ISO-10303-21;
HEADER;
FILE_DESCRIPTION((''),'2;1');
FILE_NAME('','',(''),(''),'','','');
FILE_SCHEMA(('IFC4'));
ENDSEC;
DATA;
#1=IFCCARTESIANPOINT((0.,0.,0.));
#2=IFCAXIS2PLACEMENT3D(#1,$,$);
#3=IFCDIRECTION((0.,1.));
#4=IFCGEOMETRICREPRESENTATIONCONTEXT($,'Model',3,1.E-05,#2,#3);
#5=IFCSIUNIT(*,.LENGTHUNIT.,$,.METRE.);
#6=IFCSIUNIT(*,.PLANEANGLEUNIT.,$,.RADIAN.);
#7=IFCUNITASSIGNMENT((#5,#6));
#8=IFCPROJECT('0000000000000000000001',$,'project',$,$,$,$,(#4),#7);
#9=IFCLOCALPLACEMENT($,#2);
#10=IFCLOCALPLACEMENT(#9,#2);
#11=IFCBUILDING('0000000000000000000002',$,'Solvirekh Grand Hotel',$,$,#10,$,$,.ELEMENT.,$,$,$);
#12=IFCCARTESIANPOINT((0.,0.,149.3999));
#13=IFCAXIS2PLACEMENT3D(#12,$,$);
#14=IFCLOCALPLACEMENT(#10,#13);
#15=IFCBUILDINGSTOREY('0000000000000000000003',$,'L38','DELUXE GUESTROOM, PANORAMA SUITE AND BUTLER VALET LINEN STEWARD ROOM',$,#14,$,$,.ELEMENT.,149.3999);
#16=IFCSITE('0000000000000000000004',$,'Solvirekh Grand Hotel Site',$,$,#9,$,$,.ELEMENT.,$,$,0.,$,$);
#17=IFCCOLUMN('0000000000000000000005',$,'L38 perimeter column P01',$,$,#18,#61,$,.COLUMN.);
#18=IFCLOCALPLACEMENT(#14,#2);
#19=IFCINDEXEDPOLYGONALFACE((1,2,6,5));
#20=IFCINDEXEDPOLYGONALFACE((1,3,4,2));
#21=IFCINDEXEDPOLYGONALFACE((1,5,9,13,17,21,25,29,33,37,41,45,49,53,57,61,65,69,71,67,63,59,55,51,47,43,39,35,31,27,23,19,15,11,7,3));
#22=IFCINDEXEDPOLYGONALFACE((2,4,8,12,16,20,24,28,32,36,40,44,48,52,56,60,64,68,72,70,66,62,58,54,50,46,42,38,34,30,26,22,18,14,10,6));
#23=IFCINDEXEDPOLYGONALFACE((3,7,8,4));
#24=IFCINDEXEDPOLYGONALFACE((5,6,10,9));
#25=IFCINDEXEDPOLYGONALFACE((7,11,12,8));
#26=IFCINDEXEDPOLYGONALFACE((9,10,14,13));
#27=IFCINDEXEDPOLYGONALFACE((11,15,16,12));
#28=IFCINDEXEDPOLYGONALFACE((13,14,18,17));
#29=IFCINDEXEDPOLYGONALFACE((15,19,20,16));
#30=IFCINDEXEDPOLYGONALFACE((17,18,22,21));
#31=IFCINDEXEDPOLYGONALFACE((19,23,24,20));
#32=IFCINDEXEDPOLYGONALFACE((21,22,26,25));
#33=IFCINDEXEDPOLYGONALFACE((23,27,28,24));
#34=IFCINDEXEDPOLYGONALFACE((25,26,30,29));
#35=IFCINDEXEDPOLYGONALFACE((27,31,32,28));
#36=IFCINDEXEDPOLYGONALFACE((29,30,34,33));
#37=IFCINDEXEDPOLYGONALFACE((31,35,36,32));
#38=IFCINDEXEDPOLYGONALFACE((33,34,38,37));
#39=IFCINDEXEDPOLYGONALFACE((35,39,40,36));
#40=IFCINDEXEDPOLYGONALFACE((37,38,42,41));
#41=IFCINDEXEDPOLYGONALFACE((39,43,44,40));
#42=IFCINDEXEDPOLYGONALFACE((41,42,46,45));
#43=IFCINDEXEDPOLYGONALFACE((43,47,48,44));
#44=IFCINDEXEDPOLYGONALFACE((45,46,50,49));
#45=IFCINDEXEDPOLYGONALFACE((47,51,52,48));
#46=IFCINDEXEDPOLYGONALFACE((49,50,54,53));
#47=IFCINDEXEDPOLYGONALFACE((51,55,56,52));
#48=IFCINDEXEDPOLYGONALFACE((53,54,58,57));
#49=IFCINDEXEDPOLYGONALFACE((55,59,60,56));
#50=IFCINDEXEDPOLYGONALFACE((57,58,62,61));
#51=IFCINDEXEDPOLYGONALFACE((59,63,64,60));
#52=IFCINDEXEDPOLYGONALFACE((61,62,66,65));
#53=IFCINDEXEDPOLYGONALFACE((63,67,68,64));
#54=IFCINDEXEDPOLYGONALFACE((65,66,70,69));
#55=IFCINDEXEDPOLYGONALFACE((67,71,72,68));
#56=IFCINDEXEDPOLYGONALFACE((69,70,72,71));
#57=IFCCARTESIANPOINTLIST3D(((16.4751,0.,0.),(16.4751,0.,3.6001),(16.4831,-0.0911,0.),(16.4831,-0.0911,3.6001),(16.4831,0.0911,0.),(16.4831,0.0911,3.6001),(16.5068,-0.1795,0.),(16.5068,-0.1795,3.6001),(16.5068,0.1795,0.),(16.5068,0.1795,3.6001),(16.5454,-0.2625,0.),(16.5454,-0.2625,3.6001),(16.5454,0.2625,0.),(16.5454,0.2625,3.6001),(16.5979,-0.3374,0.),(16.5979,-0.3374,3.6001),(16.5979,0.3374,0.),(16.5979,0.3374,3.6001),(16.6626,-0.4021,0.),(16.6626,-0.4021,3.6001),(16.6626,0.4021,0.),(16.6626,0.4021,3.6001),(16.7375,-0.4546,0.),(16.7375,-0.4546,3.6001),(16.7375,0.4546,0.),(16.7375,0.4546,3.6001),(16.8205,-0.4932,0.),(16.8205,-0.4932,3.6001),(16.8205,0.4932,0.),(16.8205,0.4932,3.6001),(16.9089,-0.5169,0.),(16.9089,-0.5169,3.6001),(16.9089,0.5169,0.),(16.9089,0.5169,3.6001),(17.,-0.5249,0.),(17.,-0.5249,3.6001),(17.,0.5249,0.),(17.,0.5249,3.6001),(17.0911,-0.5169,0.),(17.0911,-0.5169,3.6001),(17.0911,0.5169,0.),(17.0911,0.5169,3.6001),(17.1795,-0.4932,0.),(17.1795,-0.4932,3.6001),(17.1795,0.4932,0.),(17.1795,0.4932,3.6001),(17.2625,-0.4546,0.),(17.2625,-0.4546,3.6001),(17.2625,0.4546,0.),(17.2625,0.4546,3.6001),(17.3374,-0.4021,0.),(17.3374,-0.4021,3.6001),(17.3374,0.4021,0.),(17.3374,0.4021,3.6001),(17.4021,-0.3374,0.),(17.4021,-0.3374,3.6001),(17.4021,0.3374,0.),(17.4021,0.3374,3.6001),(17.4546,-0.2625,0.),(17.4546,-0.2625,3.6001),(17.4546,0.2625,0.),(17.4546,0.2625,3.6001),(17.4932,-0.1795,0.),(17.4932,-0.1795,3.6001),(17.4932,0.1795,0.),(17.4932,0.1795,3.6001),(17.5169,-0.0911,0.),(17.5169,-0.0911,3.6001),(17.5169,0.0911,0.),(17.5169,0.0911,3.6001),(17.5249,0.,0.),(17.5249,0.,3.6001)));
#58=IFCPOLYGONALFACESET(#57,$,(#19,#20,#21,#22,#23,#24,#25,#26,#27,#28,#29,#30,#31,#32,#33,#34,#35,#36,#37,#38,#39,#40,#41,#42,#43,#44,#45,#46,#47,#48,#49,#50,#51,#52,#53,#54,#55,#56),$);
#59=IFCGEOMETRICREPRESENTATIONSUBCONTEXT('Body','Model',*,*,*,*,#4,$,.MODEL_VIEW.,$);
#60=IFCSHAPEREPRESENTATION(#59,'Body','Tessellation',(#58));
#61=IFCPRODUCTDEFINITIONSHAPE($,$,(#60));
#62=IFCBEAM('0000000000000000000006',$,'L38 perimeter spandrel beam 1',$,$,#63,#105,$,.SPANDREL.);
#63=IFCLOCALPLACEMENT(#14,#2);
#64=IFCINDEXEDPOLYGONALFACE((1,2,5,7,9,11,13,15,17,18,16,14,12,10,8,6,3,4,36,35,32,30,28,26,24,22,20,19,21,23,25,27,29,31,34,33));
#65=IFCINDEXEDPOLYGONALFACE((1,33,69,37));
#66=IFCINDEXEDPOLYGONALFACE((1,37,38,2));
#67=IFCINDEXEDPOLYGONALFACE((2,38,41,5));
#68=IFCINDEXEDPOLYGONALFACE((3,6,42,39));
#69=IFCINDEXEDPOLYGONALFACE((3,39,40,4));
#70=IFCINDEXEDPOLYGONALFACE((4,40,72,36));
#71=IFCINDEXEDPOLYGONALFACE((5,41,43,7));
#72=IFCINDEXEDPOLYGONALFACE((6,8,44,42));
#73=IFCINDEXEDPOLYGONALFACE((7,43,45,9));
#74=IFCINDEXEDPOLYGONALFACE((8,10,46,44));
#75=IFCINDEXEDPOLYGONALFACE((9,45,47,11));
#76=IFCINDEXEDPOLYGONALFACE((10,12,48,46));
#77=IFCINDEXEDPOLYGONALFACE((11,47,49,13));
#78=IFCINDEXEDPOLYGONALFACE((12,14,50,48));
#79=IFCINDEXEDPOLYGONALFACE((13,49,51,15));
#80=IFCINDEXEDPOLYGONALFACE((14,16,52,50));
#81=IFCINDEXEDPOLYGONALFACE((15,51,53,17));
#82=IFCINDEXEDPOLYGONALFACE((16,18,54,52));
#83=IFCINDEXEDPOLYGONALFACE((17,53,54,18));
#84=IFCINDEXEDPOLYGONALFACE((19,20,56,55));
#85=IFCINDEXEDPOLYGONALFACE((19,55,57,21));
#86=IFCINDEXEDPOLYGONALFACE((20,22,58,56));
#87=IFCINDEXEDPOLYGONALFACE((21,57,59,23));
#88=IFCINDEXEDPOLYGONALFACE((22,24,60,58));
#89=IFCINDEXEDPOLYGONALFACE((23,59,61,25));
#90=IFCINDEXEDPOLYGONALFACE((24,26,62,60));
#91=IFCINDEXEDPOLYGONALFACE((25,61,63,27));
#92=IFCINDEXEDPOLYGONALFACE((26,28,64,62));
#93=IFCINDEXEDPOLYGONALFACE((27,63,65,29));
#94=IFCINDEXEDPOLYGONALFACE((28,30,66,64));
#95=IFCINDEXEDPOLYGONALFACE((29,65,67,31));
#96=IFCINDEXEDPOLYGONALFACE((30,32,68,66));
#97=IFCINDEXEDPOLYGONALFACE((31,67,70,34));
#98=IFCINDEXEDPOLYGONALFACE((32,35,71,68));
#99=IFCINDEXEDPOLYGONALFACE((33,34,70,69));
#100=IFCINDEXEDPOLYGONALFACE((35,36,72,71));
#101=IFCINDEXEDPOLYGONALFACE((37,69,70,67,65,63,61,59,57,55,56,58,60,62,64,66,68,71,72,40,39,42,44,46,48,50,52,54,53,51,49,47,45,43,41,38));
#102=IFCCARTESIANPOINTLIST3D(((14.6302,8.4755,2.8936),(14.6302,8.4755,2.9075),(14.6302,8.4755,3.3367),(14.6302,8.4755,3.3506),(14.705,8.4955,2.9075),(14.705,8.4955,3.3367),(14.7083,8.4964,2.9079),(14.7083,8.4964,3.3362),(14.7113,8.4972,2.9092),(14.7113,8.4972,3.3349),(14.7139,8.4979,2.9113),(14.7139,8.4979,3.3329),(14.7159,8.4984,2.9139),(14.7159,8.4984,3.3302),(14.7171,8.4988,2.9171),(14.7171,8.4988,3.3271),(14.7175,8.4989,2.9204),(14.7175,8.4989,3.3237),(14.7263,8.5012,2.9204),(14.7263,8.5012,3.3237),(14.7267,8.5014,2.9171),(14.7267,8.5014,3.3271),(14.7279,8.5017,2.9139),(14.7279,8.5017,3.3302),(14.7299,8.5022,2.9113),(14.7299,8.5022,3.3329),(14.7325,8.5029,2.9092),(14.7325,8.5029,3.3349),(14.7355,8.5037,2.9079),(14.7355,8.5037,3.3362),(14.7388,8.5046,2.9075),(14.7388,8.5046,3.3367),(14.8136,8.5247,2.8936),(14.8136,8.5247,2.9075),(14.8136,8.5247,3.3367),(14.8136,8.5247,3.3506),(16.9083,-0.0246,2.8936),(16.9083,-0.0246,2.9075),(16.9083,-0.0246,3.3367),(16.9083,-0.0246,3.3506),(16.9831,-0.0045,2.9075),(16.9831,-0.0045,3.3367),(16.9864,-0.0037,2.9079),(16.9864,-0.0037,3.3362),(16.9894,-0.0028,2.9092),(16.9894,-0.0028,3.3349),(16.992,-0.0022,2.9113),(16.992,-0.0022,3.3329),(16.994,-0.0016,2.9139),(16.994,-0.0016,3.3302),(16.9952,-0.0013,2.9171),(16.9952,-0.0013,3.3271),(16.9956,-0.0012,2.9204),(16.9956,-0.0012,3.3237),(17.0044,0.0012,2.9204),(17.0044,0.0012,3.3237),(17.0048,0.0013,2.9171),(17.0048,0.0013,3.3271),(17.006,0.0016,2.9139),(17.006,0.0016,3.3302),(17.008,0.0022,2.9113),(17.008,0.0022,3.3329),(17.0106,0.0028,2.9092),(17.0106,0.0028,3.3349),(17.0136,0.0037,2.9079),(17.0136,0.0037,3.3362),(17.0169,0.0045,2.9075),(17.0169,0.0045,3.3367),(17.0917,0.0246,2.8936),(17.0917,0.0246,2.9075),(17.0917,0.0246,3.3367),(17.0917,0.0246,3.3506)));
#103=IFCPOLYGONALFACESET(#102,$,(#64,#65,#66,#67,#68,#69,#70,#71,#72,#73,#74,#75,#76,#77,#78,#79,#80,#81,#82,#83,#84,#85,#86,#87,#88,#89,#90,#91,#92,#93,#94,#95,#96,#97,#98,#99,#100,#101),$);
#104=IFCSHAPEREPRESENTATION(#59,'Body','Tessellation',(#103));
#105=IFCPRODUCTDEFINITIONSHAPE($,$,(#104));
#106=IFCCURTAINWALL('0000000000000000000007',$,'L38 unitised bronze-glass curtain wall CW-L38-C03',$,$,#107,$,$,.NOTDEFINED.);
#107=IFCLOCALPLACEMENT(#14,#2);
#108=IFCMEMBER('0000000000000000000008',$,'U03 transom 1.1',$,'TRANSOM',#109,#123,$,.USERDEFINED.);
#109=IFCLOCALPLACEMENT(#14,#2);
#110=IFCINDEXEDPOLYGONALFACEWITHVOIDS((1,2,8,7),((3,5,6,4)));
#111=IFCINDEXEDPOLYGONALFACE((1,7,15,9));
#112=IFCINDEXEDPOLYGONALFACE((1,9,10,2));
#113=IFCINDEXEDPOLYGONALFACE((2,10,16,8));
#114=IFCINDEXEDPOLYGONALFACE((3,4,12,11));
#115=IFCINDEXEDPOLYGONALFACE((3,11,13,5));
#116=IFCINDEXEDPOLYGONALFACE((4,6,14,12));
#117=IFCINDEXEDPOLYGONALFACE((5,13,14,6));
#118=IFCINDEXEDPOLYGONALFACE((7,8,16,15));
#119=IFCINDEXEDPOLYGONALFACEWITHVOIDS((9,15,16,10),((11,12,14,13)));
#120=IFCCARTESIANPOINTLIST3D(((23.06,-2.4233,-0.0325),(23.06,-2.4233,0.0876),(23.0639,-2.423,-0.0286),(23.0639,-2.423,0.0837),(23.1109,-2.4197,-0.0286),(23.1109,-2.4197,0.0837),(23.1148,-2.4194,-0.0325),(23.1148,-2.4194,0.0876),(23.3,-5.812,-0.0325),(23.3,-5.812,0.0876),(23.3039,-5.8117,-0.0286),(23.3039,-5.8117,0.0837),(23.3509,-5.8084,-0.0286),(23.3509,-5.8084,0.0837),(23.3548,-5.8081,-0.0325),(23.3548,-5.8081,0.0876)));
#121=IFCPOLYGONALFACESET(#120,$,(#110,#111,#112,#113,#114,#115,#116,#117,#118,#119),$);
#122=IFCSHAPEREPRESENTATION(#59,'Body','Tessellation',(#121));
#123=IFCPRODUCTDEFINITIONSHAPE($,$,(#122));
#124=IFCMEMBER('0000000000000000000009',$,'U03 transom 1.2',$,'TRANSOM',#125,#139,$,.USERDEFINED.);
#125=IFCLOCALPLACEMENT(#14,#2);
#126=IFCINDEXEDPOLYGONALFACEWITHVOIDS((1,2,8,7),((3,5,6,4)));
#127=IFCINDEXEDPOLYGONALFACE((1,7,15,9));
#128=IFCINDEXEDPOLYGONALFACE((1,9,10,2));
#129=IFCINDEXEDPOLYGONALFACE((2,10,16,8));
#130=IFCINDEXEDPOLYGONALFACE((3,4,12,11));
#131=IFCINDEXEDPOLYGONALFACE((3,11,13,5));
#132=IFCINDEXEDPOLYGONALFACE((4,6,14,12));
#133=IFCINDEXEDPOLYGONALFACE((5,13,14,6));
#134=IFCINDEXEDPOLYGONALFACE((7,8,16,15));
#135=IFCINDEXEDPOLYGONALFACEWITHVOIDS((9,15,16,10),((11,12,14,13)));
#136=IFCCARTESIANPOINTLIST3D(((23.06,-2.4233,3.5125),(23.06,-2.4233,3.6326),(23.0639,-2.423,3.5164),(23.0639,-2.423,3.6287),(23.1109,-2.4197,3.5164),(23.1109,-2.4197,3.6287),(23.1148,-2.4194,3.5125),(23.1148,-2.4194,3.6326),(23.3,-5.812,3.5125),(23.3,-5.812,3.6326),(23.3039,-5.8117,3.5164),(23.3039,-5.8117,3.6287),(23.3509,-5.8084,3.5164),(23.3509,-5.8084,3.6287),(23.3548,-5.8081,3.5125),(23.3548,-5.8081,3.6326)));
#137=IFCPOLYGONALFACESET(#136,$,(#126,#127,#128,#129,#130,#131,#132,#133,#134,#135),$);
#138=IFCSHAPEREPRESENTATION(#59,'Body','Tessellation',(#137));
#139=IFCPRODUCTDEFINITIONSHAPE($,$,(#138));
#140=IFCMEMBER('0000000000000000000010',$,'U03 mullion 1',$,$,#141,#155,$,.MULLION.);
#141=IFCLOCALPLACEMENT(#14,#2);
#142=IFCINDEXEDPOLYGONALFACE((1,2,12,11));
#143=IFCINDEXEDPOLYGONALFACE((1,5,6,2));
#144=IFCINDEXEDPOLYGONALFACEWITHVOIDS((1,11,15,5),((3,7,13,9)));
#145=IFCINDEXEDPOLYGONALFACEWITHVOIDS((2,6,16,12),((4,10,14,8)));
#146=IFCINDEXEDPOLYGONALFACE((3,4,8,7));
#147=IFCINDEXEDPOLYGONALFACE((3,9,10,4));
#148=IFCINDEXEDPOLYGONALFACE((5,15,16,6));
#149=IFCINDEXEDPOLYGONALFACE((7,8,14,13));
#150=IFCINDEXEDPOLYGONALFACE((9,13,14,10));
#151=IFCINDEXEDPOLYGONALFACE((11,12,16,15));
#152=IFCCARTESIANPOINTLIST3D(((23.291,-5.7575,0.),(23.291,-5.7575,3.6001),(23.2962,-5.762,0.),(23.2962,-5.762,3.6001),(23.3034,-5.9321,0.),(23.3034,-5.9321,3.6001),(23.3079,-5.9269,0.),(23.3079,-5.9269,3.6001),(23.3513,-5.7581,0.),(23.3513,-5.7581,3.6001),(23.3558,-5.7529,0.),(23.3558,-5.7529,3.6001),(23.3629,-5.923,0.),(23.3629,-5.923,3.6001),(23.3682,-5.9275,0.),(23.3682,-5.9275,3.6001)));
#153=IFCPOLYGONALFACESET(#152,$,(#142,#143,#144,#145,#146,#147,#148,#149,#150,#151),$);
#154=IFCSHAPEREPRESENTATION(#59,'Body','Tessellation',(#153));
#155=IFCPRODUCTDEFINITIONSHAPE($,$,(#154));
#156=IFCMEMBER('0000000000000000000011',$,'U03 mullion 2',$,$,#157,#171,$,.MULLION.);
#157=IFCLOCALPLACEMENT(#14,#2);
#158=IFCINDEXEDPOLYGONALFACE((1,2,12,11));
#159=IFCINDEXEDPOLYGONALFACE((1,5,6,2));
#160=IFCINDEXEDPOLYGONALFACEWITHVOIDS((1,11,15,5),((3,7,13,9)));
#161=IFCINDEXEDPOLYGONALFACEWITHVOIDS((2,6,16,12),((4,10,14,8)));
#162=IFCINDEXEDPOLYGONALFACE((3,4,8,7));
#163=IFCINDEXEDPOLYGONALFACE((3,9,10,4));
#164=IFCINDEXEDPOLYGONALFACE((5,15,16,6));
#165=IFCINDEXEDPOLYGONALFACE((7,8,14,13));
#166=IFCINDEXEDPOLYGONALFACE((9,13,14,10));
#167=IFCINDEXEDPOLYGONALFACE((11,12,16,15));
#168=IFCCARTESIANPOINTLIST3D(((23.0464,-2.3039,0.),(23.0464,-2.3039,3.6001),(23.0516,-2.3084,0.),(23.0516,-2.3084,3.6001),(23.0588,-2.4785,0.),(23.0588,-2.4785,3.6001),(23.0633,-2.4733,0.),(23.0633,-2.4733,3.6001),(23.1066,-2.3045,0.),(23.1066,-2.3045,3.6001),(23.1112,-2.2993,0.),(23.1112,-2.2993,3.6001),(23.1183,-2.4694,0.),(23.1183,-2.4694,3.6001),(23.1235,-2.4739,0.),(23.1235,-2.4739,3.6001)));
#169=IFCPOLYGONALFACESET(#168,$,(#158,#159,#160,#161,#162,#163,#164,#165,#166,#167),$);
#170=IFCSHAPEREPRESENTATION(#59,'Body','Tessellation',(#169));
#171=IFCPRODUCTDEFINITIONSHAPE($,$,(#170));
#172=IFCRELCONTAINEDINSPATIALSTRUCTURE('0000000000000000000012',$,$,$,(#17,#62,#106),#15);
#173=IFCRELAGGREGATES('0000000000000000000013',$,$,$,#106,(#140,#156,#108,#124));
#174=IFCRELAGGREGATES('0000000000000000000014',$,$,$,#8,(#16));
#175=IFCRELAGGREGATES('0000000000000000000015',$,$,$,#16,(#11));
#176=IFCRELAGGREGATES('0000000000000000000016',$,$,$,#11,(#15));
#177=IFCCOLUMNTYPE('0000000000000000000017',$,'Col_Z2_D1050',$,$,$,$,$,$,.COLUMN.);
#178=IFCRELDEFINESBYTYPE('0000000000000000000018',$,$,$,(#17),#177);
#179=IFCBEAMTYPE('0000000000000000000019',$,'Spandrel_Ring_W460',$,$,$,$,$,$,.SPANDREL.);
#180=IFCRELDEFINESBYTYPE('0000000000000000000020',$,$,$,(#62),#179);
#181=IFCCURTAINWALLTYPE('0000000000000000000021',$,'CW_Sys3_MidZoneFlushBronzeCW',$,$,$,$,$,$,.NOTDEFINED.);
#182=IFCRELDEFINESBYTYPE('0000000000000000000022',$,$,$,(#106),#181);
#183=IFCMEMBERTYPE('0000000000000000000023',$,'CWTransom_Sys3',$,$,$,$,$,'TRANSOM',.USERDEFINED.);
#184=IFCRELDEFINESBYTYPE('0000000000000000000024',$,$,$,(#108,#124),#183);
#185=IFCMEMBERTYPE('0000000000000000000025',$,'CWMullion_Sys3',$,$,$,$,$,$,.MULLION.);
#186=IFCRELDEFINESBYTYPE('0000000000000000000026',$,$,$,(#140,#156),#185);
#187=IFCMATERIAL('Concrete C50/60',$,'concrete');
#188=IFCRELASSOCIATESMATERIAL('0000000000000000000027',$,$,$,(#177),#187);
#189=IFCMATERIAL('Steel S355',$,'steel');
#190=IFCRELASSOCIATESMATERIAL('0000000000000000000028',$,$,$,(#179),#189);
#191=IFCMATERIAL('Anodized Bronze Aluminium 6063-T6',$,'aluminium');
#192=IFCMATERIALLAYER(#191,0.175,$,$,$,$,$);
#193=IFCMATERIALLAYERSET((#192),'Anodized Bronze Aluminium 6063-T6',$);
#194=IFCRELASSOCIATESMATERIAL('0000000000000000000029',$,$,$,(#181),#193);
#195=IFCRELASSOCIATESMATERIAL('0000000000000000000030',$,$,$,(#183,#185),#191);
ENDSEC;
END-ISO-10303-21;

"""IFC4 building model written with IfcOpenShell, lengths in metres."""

from ifc_helpers import new_model, si_unit, direction, frame, origin, origin_2d, place, context, subcontext, project, spatial, hollow_rectangle, circle, i_section, extrude, source, transform, mapped, material, layer, layer_set, material_profile, profile_set, type_object, element, aggregate, save


model = new_model("IFC4")

# Units and contexts
model_context = context("Model", 3, precision=1e-05, world=origin(), true_north=direction((0.0, 1.0)))
body_context = subcontext(model_context, "Body", "Model", "MODEL_VIEW")
ifc_project = project(units=[si_unit("LENGTHUNIT", "METRE"), si_unit("PLANEANGLEUNIT", "RADIAN")], contexts=[model_context])

# Site, building, storey
site_placement = place(None, origin())
site = spatial("IfcSite", under=ifc_project, at=site_placement, Name="Solvirekh Grand Hotel Site", CompositionType="ELEMENT", RefElevation=0.0)
building_placement = place(site_placement, origin())
building = spatial("IfcBuilding", under=site, at=building_placement, Name="Solvirekh Grand Hotel", CompositionType="ELEMENT")
storey_placement = place(building_placement, frame((0.0, 0.0, 149.3999)))
storey = spatial("IfcBuildingStorey", under=building, at=storey_placement, Name="L38", Description="DELUXE GUESTROOM, PANORAMA SUITE AND BUTLER VALET LINEN STEWARD ROOM", CompositionType="ELEMENT", Elevation=149.3999)

# Column
ifc_material_1 = material(Name="Concrete C50/60", Category="concrete")
ifc_material_profile_1 = material_profile(ifc_material_1, circle(Radius=0.5249, at=origin_2d()), Name="RC CIRC D1050")
ifc_profile_set_1 = profile_set([ifc_material_profile_1], Name="Concrete C50/60")
column_type = type_object("IfcColumnType", Name="Col_Z2_D1050", PredefinedType="COLUMN", material=ifc_profile_set_1)
column_placement = place(storey_placement, frame((17.0, 0.0, 0.0), z_axis=(0.0, 0.0, 1.0), x_axis=(1.0, 0.0, 0.0)))
element("IfcColumn", 1, at=column_placement, inside=storey, type_object=column_type, Name="L38 perimeter column P01", PredefinedType="COLUMN", context=body_context, shape_type="SweptSolid", body=[
    extrude(circle(Radius=0.5249, at=origin_2d()), origin(), (0.0, 0.0, 1.0), 3.6001),
])

# Beam
ifc_material_2 = material(Name="Steel S355", Category="steel")
ifc_material_profile_2 = material_profile(ifc_material_2, i_section(OverallWidth=0.1899, OverallDepth=0.457, WebThickness=0.009, FlangeThickness=0.0139, FilletRadius=0.0129, at=origin_2d()), Name="W460X74")
ifc_profile_set_2 = profile_set([ifc_material_profile_2], Name="Steel S355")
beam_type = type_object("IfcBeamType", Name="Spandrel_Ring_W460", PredefinedType="SPANDREL", material=ifc_profile_set_2)
beam_placement = place(storey_placement, frame((17.0, 0.0, 3.1221), z_axis=(-0.258873, 0.965911, 0.0), x_axis=(-0.965911, -0.258873, 0.0)))
element("IfcBeam", 2, at=beam_placement, inside=storey, type_object=beam_type, Name="L38 perimeter spandrel beam 1", PredefinedType="SPANDREL", context=body_context, shape_type="SweptSolid", body=[
    extrude(i_section(OverallWidth=0.1899, OverallDepth=0.457, WebThickness=0.009, FlangeThickness=0.0139, FilletRadius=0.0129, at=origin_2d()), origin(), (0.0, 0.0, 1.0), 8.8),
])

# Curtain wall, members
ifc_material_3 = material(Name="Anodized Bronze Aluminium 6063-T6", Category="aluminium")
ifc_layer_1 = layer(ifc_material_3, 0.175)
ifc_layer_set_1 = layer_set([ifc_layer_1], Name="Anodized Bronze Aluminium 6063-T6")
curtain_wall_type = type_object("IfcCurtainWallType", Name="CW_Sys3_MidZoneFlushBronzeCW", PredefinedType="NOTDEFINED", material=ifc_layer_set_1)
curtain_wall_placement = place(storey_placement, origin())
curtain_wall = element("IfcCurtainWall", 3, at=curtain_wall_placement, inside=storey, type_object=curtain_wall_type, Name="L38 unitised bronze-glass curtain wall CW-L38-C03", PredefinedType="NOTDEFINED")
ifc_material_profile_3 = material_profile(ifc_material_3, hollow_rectangle(XDim=0.0549, YDim=0.1201, WallThickness=0.0039, at=origin_2d()), Name="ALU RHS 120X55X4")
ifc_profile_set_3 = profile_set([ifc_material_profile_3], Name="Anodized Bronze Aluminium 6063-T6")
member_type_1 = type_object("IfcMemberType", Name="CWTransom_Sys3", ElementType="TRANSOM", PredefinedType="USERDEFINED", material=ifc_profile_set_3)
shared_shape_1 = source(origin(), body_context, "Body", "SweptSolid", [
    extrude(hollow_rectangle(XDim=0.0549, YDim=0.1201, WallThickness=0.0039, at=origin_2d()), origin(), (0.0, 0.0, 1.0), 3.3972),
])
member_1_placement = place(storey_placement, frame((23.3274, -5.8101, 0.0276), z_axis=(-0.070644, 0.997502, 0.0), x_axis=(-0.997502, -0.070644, 0.0)))
member_1 = element("IfcMember", 4, at=member_1_placement, type_object=member_type_1, Name="U03 transom 1.1", ObjectType="TRANSOM", PredefinedType="USERDEFINED", context=body_context, shape_type="MappedRepresentation", body=[
    mapped(shared_shape_1, transform((0.0, 0.0, 0.0), x_axis=(1.0, 0.0, 0.0), y_axis=(0.0, 1.0, 0.0), z_axis=(0.0, 0.0, 1.0), scale=1.0)),
])
member_2_placement = place(storey_placement, frame((23.3274, -5.8101, 3.5725), z_axis=(-0.070644, 0.997502, 0.0), x_axis=(-0.997502, -0.070644, 0.0)))
member_2 = element("IfcMember", 5, at=member_2_placement, type_object=member_type_1, Name="U03 transom 1.2", ObjectType="TRANSOM", PredefinedType="USERDEFINED", context=body_context, shape_type="MappedRepresentation", body=[
    mapped(shared_shape_1, transform((0.0, 0.0, 0.0), x_axis=(1.0, 0.0, 0.0), y_axis=(0.0, 1.0, 0.0), z_axis=(0.0, 0.0, 1.0), scale=1.0)),
])
ifc_material_profile_4 = material_profile(ifc_material_3, hollow_rectangle(XDim=0.0649, YDim=0.175, WallThickness=0.0049, at=origin_2d()), Name="ALU RHS 175X65X5")
ifc_profile_set_4 = profile_set([ifc_material_profile_4], Name="Anodized Bronze Aluminium 6063-T6")
member_type_2 = type_object("IfcMemberType", Name="CWMullion_Sys3", PredefinedType="MULLION", material=ifc_profile_set_4)
shared_shape_2 = source(origin(), body_context, "Body", "SweptSolid", [
    extrude(hollow_rectangle(XDim=0.0649, YDim=0.175, WallThickness=0.0049, at=origin_2d()), origin(), (0.0, 0.0, 1.0), 3.6001),
])
member_3_placement = place(storey_placement, frame((23.3296, -5.8425, 0.0), z_axis=(0.0, 0.0, 1.0), x_axis=(-0.997499, -0.070678, 0.0)))
member_3 = element("IfcMember", 6, at=member_3_placement, type_object=member_type_2, Name="U03 mullion 1", PredefinedType="MULLION", context=body_context, shape_type="MappedRepresentation", body=[
    mapped(shared_shape_2, transform((0.0, 0.0, 0.0), x_axis=(1.0, 0.0, 0.0), y_axis=(0.0, 1.0, 0.0), z_axis=(0.0, 0.0, 1.0), scale=1.0)),
])
member_4_placement = place(storey_placement, frame((23.085, -2.3889, 0.0), z_axis=(0.0, 0.0, 1.0), x_axis=(-0.997499, -0.070678, 0.0)))
member_4 = element("IfcMember", 7, at=member_4_placement, type_object=member_type_2, Name="U03 mullion 2", PredefinedType="MULLION", context=body_context, shape_type="MappedRepresentation", body=[
    mapped(shared_shape_2, transform((0.0, 0.0, 0.0), x_axis=(1.0, 0.0, 0.0), y_axis=(0.0, 1.0, 0.0), z_axis=(0.0, 0.0, 1.0), scale=1.0)),
])
aggregate(curtain_wall, [member_3, member_4, member_1, member_2])

save(model, "model.ifc")
